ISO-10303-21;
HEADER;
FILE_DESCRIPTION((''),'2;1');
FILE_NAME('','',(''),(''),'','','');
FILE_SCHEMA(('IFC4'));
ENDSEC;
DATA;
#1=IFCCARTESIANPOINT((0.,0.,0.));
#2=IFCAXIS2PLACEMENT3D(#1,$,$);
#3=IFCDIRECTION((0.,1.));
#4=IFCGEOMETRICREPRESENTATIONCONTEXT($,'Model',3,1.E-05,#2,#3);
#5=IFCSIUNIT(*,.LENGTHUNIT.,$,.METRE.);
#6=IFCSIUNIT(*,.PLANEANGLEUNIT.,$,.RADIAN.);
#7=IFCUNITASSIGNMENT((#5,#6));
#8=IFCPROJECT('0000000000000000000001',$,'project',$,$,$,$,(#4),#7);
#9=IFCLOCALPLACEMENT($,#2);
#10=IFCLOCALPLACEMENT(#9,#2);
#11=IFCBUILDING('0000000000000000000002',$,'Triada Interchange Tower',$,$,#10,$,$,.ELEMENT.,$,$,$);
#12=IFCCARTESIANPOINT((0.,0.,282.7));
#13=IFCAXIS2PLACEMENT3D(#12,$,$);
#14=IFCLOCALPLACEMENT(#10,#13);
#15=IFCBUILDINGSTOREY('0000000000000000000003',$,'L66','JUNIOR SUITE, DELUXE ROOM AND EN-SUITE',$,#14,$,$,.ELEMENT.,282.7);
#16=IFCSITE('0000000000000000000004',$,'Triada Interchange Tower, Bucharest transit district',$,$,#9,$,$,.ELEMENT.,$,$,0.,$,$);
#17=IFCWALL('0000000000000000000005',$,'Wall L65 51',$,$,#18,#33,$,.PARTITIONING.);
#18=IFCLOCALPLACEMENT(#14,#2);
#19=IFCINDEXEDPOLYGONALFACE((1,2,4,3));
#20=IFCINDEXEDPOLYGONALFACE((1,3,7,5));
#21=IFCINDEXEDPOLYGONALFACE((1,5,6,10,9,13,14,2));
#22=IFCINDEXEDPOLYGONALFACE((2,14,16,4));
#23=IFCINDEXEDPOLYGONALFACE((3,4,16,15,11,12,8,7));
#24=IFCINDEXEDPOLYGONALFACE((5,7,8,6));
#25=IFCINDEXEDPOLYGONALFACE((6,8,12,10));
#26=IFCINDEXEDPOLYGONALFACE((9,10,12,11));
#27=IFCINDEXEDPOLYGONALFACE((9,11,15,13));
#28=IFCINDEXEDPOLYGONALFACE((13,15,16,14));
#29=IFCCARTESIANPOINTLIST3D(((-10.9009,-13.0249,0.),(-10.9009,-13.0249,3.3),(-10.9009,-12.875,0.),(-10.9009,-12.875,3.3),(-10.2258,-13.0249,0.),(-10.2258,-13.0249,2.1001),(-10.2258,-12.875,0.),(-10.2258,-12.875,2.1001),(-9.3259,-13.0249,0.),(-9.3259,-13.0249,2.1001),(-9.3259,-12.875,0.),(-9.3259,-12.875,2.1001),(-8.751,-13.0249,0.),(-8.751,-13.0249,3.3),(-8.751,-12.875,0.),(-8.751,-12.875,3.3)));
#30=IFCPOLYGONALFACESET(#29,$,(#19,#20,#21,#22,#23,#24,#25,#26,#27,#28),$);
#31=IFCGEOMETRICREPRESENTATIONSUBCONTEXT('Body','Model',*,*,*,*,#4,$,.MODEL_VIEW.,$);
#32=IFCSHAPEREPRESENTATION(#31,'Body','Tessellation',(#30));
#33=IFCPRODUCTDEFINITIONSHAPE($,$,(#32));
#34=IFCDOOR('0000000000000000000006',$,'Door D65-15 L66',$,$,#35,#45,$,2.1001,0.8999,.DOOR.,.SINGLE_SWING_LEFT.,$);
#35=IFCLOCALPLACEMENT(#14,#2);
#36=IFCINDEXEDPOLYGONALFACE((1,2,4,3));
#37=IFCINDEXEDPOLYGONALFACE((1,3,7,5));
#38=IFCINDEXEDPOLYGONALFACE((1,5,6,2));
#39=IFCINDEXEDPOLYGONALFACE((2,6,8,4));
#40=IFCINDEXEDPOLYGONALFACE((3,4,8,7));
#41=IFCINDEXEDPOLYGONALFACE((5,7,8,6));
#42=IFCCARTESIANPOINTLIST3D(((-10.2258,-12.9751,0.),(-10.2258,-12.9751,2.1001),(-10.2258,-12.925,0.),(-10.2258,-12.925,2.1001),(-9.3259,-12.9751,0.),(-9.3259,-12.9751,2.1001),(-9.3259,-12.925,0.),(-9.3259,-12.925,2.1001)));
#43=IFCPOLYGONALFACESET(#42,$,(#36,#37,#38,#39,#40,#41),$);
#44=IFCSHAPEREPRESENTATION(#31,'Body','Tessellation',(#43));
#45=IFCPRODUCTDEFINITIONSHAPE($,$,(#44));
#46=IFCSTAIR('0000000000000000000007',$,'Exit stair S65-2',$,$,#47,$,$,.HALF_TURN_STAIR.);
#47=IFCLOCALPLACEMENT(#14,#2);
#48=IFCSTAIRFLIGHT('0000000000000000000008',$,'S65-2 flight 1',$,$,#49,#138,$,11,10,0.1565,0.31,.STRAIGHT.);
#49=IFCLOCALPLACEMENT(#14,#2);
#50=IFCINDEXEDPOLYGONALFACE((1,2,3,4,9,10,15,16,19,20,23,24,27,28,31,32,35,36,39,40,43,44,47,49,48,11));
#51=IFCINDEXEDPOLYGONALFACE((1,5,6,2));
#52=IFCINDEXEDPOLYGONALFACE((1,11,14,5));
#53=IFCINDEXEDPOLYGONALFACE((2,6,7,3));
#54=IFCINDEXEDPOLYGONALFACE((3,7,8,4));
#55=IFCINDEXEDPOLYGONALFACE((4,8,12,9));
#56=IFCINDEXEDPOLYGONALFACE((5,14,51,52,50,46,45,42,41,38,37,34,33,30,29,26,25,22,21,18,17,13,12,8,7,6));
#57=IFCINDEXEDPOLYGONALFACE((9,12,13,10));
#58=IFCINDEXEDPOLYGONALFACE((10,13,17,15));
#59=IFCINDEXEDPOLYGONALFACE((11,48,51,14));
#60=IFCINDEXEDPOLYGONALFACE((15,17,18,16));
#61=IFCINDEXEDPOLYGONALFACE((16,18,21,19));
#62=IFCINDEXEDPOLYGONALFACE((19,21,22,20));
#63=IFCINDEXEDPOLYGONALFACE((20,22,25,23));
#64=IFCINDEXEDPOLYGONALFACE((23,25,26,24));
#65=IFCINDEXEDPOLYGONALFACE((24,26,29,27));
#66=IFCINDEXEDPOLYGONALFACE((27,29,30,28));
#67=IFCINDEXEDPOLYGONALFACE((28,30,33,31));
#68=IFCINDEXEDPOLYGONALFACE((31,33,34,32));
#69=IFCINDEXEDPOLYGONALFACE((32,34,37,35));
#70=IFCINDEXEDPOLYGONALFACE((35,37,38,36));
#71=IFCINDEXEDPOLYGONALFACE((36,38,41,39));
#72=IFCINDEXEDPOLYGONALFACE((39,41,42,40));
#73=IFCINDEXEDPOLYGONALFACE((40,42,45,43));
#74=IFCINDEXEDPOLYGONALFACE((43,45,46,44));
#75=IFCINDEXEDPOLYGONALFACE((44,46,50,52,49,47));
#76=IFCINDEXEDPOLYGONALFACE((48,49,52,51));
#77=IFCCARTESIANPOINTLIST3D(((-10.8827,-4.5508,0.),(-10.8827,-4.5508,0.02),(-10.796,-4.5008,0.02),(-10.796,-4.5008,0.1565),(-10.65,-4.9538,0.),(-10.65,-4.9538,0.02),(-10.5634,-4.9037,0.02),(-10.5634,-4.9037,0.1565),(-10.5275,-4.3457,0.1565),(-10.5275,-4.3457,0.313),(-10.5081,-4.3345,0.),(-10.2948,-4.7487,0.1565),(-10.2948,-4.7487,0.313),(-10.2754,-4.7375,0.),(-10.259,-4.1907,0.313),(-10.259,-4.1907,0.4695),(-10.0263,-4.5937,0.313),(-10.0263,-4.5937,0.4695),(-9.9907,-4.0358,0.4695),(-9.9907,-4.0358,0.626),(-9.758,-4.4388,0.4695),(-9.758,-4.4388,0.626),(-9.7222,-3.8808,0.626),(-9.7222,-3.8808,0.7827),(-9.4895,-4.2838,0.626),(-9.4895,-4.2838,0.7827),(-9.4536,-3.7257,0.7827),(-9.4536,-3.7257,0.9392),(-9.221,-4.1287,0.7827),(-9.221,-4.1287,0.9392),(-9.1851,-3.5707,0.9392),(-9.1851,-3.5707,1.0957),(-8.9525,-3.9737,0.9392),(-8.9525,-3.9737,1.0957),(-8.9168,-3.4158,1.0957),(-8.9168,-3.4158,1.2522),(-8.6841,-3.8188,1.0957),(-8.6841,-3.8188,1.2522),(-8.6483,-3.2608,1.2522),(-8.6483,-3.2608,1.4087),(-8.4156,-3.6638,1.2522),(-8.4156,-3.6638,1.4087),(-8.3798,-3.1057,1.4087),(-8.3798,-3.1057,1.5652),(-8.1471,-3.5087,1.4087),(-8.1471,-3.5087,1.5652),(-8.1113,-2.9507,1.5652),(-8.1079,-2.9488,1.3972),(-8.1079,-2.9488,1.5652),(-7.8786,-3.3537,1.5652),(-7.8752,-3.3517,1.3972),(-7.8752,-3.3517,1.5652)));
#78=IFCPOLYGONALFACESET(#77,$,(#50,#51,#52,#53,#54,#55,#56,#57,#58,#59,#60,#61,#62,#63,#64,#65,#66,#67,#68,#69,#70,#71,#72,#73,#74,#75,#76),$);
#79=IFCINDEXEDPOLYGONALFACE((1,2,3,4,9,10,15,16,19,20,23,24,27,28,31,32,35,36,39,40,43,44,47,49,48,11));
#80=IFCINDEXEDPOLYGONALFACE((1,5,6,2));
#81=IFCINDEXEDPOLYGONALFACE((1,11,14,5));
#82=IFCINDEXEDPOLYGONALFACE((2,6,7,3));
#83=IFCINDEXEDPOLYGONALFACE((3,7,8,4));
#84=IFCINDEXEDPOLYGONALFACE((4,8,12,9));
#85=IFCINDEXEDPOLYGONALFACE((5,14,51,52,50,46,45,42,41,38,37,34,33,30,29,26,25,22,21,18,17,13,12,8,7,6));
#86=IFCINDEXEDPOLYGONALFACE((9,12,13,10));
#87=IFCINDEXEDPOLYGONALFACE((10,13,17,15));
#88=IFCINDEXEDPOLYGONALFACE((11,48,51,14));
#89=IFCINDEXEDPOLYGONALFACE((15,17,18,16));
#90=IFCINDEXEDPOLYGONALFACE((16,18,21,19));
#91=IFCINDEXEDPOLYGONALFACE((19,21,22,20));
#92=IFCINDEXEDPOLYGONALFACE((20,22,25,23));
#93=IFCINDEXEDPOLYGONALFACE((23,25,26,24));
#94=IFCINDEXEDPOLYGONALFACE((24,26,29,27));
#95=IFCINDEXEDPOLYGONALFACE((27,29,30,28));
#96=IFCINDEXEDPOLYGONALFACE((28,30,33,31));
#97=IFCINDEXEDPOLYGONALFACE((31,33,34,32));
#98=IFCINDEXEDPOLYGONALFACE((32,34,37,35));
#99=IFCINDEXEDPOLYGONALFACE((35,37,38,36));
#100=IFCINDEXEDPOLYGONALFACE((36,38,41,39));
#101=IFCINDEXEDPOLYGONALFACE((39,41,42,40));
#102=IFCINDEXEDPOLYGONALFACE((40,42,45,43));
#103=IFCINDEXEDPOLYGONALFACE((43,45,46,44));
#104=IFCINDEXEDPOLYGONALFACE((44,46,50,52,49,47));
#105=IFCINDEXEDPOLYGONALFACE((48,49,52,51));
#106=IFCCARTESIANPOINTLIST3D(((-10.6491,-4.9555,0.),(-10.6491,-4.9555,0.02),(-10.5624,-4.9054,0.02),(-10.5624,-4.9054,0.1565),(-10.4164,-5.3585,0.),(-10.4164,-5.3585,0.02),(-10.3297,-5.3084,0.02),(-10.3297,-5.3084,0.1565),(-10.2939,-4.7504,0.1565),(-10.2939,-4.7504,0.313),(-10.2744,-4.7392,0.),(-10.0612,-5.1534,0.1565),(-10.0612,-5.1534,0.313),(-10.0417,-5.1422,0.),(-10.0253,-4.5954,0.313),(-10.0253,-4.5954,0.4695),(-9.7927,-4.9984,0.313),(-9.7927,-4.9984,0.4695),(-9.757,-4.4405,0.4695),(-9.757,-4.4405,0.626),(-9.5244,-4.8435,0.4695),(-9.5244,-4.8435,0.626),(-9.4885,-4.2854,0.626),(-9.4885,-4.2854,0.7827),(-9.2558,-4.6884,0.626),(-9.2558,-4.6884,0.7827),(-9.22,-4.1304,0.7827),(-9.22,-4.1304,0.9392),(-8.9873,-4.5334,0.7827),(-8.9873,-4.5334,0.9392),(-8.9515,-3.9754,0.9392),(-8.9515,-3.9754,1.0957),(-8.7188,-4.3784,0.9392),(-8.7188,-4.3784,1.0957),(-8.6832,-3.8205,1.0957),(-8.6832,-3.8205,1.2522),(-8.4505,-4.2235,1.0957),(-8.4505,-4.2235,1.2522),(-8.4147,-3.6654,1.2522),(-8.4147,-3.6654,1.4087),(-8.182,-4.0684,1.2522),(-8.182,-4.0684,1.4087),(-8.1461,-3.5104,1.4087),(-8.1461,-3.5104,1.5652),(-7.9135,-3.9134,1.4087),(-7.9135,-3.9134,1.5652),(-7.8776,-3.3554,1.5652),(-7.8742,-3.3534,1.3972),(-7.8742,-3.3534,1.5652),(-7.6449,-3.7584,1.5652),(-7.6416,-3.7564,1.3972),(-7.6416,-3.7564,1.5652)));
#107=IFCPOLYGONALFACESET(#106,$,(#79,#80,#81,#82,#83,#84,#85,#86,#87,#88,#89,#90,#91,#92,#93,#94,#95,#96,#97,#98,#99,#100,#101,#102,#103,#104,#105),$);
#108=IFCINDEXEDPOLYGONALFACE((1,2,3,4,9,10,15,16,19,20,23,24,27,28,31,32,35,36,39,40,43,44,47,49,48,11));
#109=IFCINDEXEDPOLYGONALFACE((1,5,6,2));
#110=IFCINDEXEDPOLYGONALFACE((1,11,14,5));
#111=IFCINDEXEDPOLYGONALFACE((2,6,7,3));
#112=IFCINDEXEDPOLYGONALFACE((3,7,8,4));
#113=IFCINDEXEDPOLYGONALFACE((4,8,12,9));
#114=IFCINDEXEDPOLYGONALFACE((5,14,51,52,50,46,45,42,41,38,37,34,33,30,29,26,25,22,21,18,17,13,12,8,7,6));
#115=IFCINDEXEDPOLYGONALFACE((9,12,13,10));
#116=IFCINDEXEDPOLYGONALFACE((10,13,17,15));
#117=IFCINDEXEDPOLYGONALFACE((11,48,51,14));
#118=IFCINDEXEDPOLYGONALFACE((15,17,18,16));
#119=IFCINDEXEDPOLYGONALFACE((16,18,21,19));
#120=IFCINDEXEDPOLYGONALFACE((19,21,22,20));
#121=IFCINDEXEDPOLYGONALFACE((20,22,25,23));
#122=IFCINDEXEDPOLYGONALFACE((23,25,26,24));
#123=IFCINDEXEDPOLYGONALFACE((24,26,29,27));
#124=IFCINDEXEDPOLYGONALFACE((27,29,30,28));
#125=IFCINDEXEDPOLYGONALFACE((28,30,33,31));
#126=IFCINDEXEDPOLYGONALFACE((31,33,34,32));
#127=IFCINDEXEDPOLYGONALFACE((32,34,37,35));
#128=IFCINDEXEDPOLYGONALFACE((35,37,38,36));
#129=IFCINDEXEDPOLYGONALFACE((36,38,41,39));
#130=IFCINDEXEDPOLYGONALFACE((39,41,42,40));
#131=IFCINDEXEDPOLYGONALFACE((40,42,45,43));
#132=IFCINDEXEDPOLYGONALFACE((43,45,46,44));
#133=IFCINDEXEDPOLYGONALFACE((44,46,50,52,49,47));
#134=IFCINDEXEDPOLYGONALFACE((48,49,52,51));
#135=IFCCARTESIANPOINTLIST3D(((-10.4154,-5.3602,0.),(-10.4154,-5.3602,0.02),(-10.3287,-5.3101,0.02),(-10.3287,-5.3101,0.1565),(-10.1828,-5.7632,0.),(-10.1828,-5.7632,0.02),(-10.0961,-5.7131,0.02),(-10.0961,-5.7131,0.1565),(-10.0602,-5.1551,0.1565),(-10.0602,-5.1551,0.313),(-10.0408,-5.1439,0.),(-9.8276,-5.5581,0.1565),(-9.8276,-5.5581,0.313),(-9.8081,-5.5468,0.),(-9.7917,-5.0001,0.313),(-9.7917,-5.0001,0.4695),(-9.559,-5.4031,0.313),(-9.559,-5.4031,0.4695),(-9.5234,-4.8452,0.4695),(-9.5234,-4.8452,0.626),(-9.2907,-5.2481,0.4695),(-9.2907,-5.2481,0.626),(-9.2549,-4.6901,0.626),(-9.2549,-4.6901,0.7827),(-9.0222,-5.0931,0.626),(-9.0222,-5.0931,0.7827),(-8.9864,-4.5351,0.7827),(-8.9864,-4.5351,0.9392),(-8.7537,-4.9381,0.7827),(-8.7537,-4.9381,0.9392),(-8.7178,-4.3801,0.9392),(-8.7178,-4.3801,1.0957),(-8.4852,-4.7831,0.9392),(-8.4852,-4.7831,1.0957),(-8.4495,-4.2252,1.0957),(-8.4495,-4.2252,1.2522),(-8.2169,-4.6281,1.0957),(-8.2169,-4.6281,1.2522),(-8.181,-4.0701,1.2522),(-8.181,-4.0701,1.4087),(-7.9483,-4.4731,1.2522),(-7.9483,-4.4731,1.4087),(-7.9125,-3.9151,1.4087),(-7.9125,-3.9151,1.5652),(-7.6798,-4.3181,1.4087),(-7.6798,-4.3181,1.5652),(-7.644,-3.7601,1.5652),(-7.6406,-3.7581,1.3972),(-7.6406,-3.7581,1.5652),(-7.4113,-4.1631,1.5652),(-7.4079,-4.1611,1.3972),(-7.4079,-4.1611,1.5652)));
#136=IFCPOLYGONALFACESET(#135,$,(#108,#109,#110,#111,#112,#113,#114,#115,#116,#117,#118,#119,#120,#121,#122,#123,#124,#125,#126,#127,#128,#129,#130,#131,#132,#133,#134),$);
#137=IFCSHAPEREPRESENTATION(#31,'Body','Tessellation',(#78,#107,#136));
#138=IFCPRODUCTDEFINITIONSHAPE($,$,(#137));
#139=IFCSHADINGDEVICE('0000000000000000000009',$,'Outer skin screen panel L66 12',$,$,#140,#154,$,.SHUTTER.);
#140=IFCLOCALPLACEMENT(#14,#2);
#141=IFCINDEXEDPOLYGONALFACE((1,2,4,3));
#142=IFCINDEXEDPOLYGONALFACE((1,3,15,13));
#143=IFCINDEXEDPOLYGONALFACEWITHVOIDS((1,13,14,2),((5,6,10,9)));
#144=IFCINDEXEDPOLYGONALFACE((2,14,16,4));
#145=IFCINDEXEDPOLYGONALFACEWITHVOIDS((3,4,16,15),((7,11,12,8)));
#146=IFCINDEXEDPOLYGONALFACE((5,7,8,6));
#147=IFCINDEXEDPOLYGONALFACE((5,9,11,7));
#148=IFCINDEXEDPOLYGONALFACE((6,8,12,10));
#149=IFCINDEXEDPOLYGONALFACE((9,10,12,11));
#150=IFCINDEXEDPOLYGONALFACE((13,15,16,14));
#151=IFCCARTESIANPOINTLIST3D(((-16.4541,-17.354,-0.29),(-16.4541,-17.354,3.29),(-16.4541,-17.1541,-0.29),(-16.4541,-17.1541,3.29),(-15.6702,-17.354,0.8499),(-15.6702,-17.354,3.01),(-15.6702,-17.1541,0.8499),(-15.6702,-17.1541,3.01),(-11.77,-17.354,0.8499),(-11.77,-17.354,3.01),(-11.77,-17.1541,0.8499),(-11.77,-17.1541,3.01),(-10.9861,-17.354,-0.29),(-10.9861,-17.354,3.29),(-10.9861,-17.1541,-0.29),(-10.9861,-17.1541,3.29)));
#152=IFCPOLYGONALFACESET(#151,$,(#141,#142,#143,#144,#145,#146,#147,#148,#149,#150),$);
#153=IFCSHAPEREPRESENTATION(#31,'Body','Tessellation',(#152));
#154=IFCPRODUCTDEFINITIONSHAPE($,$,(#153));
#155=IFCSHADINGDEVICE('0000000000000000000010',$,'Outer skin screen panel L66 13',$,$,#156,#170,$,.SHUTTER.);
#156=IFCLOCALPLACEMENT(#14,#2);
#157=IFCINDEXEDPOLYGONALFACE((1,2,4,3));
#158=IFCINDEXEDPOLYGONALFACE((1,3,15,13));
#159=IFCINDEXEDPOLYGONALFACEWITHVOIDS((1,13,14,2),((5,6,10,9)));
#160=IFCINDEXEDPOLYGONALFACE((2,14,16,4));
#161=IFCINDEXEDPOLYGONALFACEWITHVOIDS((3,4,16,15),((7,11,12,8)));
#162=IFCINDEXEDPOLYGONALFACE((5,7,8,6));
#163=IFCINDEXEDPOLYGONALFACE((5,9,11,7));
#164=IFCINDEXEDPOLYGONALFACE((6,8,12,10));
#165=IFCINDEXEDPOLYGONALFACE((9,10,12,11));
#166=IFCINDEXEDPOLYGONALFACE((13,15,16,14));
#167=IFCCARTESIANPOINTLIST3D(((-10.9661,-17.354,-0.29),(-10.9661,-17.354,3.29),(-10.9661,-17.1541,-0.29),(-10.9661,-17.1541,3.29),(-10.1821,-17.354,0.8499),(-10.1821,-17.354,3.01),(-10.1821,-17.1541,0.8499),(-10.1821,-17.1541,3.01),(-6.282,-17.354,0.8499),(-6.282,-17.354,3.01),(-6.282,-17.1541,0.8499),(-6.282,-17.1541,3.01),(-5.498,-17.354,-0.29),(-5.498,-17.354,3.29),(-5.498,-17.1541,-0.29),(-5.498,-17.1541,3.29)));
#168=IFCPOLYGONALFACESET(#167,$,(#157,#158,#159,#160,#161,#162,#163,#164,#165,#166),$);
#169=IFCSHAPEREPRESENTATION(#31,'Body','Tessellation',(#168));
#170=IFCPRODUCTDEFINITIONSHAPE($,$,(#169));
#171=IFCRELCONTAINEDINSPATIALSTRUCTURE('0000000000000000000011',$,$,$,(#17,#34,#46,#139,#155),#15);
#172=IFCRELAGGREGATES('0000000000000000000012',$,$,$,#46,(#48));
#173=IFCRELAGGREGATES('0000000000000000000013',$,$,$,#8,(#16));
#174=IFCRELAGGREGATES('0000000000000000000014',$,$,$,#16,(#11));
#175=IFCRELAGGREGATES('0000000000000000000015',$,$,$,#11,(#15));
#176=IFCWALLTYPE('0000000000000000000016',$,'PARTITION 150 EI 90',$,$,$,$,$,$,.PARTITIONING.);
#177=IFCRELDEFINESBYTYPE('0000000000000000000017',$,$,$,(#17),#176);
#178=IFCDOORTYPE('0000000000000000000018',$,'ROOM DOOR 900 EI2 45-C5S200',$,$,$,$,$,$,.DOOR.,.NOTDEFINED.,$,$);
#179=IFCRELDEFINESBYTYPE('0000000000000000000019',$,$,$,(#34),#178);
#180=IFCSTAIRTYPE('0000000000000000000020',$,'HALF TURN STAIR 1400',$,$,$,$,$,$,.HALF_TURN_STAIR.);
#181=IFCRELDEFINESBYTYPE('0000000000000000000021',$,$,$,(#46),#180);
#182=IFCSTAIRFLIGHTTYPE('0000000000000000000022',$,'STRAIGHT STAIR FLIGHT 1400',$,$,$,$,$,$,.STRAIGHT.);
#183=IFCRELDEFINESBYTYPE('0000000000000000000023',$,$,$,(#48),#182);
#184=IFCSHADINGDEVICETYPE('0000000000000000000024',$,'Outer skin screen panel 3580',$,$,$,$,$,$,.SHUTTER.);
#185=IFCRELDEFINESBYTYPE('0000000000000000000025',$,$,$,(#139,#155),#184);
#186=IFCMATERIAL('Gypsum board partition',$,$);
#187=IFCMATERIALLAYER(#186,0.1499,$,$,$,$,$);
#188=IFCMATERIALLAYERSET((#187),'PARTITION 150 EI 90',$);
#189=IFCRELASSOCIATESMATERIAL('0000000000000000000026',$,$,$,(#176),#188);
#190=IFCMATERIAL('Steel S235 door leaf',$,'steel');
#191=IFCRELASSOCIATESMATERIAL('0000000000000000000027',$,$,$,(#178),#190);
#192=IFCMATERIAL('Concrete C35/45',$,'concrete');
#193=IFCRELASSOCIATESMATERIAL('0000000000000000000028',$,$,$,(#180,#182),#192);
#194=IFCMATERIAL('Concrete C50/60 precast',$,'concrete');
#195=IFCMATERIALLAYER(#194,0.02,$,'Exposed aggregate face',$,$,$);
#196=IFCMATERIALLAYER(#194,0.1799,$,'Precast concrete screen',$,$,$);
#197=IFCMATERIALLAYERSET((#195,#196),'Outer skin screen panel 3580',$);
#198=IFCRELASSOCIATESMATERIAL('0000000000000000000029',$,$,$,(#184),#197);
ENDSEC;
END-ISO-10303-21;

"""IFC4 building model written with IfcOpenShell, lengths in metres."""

from ifc_helpers import new_model, si_unit, direction, frame, frame_2d, origin, place, context, subcontext, project, spatial, polyline, rectangle, outline, extrude, material, layer, layer_set, type_object, element, fill, aggregate, save


model = new_model("IFC4")

# Units and contexts
model_context = context("Model", 3, precision=1e-05, world=origin(), true_north=direction((0.0, 1.0)))
body_context = subcontext(model_context, "Body", "Model", "MODEL_VIEW")
ifc_project = project(units=[si_unit("LENGTHUNIT", "METRE"), si_unit("PLANEANGLEUNIT", "RADIAN")], contexts=[model_context])

# Site, building, storey
site_placement = place(None, origin())
site = spatial("IfcSite", under=ifc_project, at=site_placement, Name="Triada Interchange Tower, Bucharest transit district", CompositionType="ELEMENT", RefElevation=0.0)
building_placement = place(site_placement, origin())
building = spatial("IfcBuilding", under=site, at=building_placement, Name="Triada Interchange Tower", CompositionType="ELEMENT")
storey_placement = place(building_placement, frame((0.0, 0.0, 282.7)))
storey = spatial("IfcBuildingStorey", under=building, at=storey_placement, Name="L66", Description="JUNIOR SUITE, DELUXE ROOM AND EN-SUITE", CompositionType="ELEMENT", Elevation=282.7)

# Shared definitions
ifc_material_1 = material(Name="Steel S235 door leaf", Category="steel")

# Shared definitions
ifc_material_2 = material(Name="Gypsum board partition")
ifc_layer_1 = layer(ifc_material_2, 0.1499)
ifc_layer_set_1 = layer_set([ifc_layer_1], Name="PARTITION 150 EI 90")
wall_type_1 = type_object("IfcWallType", Name="PARTITION 150 EI 90", PredefinedType="PARTITIONING", material=ifc_layer_set_1)

# Wall, opening, door
wall_1_placement = place(storey_placement, frame((-10.9009, -12.95, 0.0), z_axis=(0.0, 0.0, 1.0), x_axis=(1.0, 0.0, 0.0)))
wall_1 = element("IfcWall", 1, at=wall_1_placement, inside=storey, type_object=wall_type_1, Name="Wall L65 51", PredefinedType="PARTITIONING", context=body_context, shape_type="SweptSolid", body=[
    extrude(rectangle(XDim=2.1499, YDim=0.1499, at=frame_2d((1.075, 0.0))), origin(), (0.0, 0.0, 1.0), 3.3),
])
opening_1_placement = place(wall_1_placement, frame((0.675, 0.0, 0.0)))
opening_1 = element("IfcOpeningElement", 2, at=opening_1_placement, cuts=wall_1, PredefinedType="OPENING", context=body_context, shape_type="SweptSolid", body=[
    extrude(rectangle(XDim=0.8999, YDim=2.1001, at=frame_2d((0.45, 1.05))), frame((0.0, 0.085, 0.0), z_axis=(0.0, -1.0, 0.0), x_axis=(1.0, 0.0, 0.0)), (0.0, 0.0, 1.0), 0.1699),
])
door_type_1 = type_object("IfcDoorType", Name="ROOM DOOR 900 EI2 45-C5S200", OperationType="NOTDEFINED", PredefinedType="DOOR", material=ifc_material_1)
door_1_placement = place(opening_1_placement, origin())
door_1 = element("IfcDoor", 3, at=door_1_placement, inside=storey, type_object=door_type_1, Name="Door D65-15 L66", OperationType="SINGLE_SWING_LEFT", OverallHeight=2.1001, OverallWidth=0.8999, PredefinedType="DOOR", context=body_context, shape_type="SweptSolid", body=[
    extrude(rectangle(XDim=0.8999, YDim=2.1001, at=frame_2d((0.45, 1.05))), frame((0.0, 0.0249, 0.0), z_axis=(0.0, -1.0, 0.0), x_axis=(1.0, 0.0, 0.0)), (0.0, 0.0, 1.0), 0.05),
])
fill(opening_1, door_1)

# Stair, stair flight
ifc_material_3 = material(Name="Concrete C35/45", Category="concrete")
stair_type = type_object("IfcStairType", Name="HALF TURN STAIR 1400", PredefinedType="HALF_TURN_STAIR", material=ifc_material_3)
stair_placement = place(storey_placement, origin())
stair = element("IfcStair", 4, at=stair_placement, inside=storey, type_object=stair_type, Name="Exit stair S65-2", PredefinedType="HALF_TURN_STAIR")
stair_flight_type = type_object("IfcStairFlightType", Name="STRAIGHT STAIR FLIGHT 1400", PredefinedType="STRAIGHT", material=ifc_material_3)
stair_flight_placement = place(storey_placement, frame((-10.446, -5.1069, 0.0), z_axis=(0.0, 0.0, 1.0), x_axis=(0.866025, 0.5, 0.0)))
stair_flight = element("IfcStairFlight", 5, at=stair_flight_placement, type_object=stair_flight_type, Name="S65-2 flight 1", NumberOfRisers=11, NumberOfTreads=10, PredefinedType="STRAIGHT", RiserHeight=0.1565, TreadLength=0.31, context=body_context, shape_type="SweptSolid", body=[
    extrude(outline(polyline([(-0.1001, 0.0), (-0.1001, 0.02), (0.0, 0.02), (0.0, 0.1565), (0.3101, 0.1565), (0.3101, 0.313), (0.6201, 0.313), (0.6201, 0.4695), (0.9299, 0.4695), (0.9299, 0.626), (1.24, 0.626), (1.24, 0.7827), (1.55, 0.7827), (1.55, 0.9392), (1.8601, 0.9392), (1.8601, 1.0957), (2.1699, 1.0957), (2.1699, 1.2522), (2.48, 1.2522), (2.48, 1.4087), (2.79, 1.4087), (2.79, 1.5652), (3.1001, 1.5652), (3.104, 1.5652), (3.104, 1.7217), (3.104, 1.3972), (0.3325, 0.0), (-0.1001, 0.0)])), frame((0.0, 0.7, 0.0), z_axis=(0.0, -1.0, 0.0), x_axis=(1.0, 0.0, 0.0)), (0.0, 0.0, 1.0), 0.4653),
    extrude(outline(polyline([(-0.1001, 0.0), (-0.1001, 0.02), (0.0, 0.02), (0.0, 0.1565), (0.3101, 0.1565), (0.3101, 0.313), (0.6201, 0.313), (0.6201, 0.4695), (0.9299, 0.4695), (0.9299, 0.626), (1.24, 0.626), (1.24, 0.7827), (1.55, 0.7827), (1.55, 0.9392), (1.8601, 0.9392), (1.8601, 1.0957), (2.1699, 1.0957), (2.1699, 1.2522), (2.48, 1.2522), (2.48, 1.4087), (2.79, 1.4087), (2.79, 1.5652), (3.1001, 1.5652), (3.104, 1.5652), (3.104, 1.7217), (3.104, 1.3972), (0.3325, 0.0), (-0.1001, 0.0)])), frame((0.0, 0.2327, 0.0), z_axis=(0.0, -1.0, 0.0), x_axis=(1.0, 0.0, 0.0)), (0.0, 0.0, 1.0), 0.4653),
    extrude(outline(polyline([(-0.1001, 0.0), (-0.1001, 0.02), (0.0, 0.02), (0.0, 0.1565), (0.3101, 0.1565), (0.3101, 0.313), (0.6201, 0.313), (0.6201, 0.4695), (0.9299, 0.4695), (0.9299, 0.626), (1.24, 0.626), (1.24, 0.7827), (1.55, 0.7827), (1.55, 0.9392), (1.8601, 0.9392), (1.8601, 1.0957), (2.1699, 1.0957), (2.1699, 1.2522), (2.48, 1.2522), (2.48, 1.4087), (2.79, 1.4087), (2.79, 1.5652), (3.1001, 1.5652), (3.104, 1.5652), (3.104, 1.7217), (3.104, 1.3972), (0.3325, 0.0), (-0.1001, 0.0)])), frame((0.0, -0.2346, 0.0), z_axis=(0.0, -1.0, 0.0), x_axis=(1.0, 0.0, 0.0)), (0.0, 0.0, 1.0), 0.4653),
])

# Shading devices
ifc_material_4 = material(Name="Concrete C50/60 precast", Category="concrete")
ifc_layer_2 = layer(ifc_material_4, 0.02, Name="Exposed aggregate face")
ifc_layer_3 = layer(ifc_material_4, 0.1799, Name="Precast concrete screen")
ifc_layer_set_2 = layer_set([ifc_layer_2, ifc_layer_3], Name="Outer skin screen panel 3580")
shading_device_type = type_object("IfcShadingDeviceType", Name="Outer skin screen panel 3580", PredefinedType="SHUTTER", material=ifc_layer_set_2)
for number, where, z_axis, x_axis, name in (
    (6, (-16.4541, -17.1541, -0.29), (0.0, 0.0, 1.0), (1.0, 0.0, 0.0), "Outer skin screen panel L66 12"),
    (7, (-10.9661, -17.1541, -0.29), (0.0, 0.0, 1.0), (1.0, 0.0, 0.0), "Outer skin screen panel L66 13"),
):
    element("IfcShadingDevice", number, at=place(storey_placement, frame(where, z_axis=z_axis, x_axis=x_axis)), inside=storey, type_object=shading_device_type, Name=name, PredefinedType="SHUTTER", context=body_context, shape_type="SweptSolid", body=[
        extrude(outline(polyline([(0.0, 0.0), (5.468, 0.0), (5.468, 3.5801), (0.0, 3.5801), (0.0, 0.0)]), holes=[polyline([(0.7839, 1.1399), (0.7839, 3.3), (4.6841, 3.3), (4.6841, 1.1399), (0.7839, 1.1399)])]), frame((0.0, 0.0, 0.0), z_axis=(0.0, -1.0, 0.0), x_axis=(1.0, 0.0, 0.0)), (0.0, 0.0, 1.0), 0.2),
    ])

aggregate(stair, [stair_flight])

save(model, "model.ifc")
